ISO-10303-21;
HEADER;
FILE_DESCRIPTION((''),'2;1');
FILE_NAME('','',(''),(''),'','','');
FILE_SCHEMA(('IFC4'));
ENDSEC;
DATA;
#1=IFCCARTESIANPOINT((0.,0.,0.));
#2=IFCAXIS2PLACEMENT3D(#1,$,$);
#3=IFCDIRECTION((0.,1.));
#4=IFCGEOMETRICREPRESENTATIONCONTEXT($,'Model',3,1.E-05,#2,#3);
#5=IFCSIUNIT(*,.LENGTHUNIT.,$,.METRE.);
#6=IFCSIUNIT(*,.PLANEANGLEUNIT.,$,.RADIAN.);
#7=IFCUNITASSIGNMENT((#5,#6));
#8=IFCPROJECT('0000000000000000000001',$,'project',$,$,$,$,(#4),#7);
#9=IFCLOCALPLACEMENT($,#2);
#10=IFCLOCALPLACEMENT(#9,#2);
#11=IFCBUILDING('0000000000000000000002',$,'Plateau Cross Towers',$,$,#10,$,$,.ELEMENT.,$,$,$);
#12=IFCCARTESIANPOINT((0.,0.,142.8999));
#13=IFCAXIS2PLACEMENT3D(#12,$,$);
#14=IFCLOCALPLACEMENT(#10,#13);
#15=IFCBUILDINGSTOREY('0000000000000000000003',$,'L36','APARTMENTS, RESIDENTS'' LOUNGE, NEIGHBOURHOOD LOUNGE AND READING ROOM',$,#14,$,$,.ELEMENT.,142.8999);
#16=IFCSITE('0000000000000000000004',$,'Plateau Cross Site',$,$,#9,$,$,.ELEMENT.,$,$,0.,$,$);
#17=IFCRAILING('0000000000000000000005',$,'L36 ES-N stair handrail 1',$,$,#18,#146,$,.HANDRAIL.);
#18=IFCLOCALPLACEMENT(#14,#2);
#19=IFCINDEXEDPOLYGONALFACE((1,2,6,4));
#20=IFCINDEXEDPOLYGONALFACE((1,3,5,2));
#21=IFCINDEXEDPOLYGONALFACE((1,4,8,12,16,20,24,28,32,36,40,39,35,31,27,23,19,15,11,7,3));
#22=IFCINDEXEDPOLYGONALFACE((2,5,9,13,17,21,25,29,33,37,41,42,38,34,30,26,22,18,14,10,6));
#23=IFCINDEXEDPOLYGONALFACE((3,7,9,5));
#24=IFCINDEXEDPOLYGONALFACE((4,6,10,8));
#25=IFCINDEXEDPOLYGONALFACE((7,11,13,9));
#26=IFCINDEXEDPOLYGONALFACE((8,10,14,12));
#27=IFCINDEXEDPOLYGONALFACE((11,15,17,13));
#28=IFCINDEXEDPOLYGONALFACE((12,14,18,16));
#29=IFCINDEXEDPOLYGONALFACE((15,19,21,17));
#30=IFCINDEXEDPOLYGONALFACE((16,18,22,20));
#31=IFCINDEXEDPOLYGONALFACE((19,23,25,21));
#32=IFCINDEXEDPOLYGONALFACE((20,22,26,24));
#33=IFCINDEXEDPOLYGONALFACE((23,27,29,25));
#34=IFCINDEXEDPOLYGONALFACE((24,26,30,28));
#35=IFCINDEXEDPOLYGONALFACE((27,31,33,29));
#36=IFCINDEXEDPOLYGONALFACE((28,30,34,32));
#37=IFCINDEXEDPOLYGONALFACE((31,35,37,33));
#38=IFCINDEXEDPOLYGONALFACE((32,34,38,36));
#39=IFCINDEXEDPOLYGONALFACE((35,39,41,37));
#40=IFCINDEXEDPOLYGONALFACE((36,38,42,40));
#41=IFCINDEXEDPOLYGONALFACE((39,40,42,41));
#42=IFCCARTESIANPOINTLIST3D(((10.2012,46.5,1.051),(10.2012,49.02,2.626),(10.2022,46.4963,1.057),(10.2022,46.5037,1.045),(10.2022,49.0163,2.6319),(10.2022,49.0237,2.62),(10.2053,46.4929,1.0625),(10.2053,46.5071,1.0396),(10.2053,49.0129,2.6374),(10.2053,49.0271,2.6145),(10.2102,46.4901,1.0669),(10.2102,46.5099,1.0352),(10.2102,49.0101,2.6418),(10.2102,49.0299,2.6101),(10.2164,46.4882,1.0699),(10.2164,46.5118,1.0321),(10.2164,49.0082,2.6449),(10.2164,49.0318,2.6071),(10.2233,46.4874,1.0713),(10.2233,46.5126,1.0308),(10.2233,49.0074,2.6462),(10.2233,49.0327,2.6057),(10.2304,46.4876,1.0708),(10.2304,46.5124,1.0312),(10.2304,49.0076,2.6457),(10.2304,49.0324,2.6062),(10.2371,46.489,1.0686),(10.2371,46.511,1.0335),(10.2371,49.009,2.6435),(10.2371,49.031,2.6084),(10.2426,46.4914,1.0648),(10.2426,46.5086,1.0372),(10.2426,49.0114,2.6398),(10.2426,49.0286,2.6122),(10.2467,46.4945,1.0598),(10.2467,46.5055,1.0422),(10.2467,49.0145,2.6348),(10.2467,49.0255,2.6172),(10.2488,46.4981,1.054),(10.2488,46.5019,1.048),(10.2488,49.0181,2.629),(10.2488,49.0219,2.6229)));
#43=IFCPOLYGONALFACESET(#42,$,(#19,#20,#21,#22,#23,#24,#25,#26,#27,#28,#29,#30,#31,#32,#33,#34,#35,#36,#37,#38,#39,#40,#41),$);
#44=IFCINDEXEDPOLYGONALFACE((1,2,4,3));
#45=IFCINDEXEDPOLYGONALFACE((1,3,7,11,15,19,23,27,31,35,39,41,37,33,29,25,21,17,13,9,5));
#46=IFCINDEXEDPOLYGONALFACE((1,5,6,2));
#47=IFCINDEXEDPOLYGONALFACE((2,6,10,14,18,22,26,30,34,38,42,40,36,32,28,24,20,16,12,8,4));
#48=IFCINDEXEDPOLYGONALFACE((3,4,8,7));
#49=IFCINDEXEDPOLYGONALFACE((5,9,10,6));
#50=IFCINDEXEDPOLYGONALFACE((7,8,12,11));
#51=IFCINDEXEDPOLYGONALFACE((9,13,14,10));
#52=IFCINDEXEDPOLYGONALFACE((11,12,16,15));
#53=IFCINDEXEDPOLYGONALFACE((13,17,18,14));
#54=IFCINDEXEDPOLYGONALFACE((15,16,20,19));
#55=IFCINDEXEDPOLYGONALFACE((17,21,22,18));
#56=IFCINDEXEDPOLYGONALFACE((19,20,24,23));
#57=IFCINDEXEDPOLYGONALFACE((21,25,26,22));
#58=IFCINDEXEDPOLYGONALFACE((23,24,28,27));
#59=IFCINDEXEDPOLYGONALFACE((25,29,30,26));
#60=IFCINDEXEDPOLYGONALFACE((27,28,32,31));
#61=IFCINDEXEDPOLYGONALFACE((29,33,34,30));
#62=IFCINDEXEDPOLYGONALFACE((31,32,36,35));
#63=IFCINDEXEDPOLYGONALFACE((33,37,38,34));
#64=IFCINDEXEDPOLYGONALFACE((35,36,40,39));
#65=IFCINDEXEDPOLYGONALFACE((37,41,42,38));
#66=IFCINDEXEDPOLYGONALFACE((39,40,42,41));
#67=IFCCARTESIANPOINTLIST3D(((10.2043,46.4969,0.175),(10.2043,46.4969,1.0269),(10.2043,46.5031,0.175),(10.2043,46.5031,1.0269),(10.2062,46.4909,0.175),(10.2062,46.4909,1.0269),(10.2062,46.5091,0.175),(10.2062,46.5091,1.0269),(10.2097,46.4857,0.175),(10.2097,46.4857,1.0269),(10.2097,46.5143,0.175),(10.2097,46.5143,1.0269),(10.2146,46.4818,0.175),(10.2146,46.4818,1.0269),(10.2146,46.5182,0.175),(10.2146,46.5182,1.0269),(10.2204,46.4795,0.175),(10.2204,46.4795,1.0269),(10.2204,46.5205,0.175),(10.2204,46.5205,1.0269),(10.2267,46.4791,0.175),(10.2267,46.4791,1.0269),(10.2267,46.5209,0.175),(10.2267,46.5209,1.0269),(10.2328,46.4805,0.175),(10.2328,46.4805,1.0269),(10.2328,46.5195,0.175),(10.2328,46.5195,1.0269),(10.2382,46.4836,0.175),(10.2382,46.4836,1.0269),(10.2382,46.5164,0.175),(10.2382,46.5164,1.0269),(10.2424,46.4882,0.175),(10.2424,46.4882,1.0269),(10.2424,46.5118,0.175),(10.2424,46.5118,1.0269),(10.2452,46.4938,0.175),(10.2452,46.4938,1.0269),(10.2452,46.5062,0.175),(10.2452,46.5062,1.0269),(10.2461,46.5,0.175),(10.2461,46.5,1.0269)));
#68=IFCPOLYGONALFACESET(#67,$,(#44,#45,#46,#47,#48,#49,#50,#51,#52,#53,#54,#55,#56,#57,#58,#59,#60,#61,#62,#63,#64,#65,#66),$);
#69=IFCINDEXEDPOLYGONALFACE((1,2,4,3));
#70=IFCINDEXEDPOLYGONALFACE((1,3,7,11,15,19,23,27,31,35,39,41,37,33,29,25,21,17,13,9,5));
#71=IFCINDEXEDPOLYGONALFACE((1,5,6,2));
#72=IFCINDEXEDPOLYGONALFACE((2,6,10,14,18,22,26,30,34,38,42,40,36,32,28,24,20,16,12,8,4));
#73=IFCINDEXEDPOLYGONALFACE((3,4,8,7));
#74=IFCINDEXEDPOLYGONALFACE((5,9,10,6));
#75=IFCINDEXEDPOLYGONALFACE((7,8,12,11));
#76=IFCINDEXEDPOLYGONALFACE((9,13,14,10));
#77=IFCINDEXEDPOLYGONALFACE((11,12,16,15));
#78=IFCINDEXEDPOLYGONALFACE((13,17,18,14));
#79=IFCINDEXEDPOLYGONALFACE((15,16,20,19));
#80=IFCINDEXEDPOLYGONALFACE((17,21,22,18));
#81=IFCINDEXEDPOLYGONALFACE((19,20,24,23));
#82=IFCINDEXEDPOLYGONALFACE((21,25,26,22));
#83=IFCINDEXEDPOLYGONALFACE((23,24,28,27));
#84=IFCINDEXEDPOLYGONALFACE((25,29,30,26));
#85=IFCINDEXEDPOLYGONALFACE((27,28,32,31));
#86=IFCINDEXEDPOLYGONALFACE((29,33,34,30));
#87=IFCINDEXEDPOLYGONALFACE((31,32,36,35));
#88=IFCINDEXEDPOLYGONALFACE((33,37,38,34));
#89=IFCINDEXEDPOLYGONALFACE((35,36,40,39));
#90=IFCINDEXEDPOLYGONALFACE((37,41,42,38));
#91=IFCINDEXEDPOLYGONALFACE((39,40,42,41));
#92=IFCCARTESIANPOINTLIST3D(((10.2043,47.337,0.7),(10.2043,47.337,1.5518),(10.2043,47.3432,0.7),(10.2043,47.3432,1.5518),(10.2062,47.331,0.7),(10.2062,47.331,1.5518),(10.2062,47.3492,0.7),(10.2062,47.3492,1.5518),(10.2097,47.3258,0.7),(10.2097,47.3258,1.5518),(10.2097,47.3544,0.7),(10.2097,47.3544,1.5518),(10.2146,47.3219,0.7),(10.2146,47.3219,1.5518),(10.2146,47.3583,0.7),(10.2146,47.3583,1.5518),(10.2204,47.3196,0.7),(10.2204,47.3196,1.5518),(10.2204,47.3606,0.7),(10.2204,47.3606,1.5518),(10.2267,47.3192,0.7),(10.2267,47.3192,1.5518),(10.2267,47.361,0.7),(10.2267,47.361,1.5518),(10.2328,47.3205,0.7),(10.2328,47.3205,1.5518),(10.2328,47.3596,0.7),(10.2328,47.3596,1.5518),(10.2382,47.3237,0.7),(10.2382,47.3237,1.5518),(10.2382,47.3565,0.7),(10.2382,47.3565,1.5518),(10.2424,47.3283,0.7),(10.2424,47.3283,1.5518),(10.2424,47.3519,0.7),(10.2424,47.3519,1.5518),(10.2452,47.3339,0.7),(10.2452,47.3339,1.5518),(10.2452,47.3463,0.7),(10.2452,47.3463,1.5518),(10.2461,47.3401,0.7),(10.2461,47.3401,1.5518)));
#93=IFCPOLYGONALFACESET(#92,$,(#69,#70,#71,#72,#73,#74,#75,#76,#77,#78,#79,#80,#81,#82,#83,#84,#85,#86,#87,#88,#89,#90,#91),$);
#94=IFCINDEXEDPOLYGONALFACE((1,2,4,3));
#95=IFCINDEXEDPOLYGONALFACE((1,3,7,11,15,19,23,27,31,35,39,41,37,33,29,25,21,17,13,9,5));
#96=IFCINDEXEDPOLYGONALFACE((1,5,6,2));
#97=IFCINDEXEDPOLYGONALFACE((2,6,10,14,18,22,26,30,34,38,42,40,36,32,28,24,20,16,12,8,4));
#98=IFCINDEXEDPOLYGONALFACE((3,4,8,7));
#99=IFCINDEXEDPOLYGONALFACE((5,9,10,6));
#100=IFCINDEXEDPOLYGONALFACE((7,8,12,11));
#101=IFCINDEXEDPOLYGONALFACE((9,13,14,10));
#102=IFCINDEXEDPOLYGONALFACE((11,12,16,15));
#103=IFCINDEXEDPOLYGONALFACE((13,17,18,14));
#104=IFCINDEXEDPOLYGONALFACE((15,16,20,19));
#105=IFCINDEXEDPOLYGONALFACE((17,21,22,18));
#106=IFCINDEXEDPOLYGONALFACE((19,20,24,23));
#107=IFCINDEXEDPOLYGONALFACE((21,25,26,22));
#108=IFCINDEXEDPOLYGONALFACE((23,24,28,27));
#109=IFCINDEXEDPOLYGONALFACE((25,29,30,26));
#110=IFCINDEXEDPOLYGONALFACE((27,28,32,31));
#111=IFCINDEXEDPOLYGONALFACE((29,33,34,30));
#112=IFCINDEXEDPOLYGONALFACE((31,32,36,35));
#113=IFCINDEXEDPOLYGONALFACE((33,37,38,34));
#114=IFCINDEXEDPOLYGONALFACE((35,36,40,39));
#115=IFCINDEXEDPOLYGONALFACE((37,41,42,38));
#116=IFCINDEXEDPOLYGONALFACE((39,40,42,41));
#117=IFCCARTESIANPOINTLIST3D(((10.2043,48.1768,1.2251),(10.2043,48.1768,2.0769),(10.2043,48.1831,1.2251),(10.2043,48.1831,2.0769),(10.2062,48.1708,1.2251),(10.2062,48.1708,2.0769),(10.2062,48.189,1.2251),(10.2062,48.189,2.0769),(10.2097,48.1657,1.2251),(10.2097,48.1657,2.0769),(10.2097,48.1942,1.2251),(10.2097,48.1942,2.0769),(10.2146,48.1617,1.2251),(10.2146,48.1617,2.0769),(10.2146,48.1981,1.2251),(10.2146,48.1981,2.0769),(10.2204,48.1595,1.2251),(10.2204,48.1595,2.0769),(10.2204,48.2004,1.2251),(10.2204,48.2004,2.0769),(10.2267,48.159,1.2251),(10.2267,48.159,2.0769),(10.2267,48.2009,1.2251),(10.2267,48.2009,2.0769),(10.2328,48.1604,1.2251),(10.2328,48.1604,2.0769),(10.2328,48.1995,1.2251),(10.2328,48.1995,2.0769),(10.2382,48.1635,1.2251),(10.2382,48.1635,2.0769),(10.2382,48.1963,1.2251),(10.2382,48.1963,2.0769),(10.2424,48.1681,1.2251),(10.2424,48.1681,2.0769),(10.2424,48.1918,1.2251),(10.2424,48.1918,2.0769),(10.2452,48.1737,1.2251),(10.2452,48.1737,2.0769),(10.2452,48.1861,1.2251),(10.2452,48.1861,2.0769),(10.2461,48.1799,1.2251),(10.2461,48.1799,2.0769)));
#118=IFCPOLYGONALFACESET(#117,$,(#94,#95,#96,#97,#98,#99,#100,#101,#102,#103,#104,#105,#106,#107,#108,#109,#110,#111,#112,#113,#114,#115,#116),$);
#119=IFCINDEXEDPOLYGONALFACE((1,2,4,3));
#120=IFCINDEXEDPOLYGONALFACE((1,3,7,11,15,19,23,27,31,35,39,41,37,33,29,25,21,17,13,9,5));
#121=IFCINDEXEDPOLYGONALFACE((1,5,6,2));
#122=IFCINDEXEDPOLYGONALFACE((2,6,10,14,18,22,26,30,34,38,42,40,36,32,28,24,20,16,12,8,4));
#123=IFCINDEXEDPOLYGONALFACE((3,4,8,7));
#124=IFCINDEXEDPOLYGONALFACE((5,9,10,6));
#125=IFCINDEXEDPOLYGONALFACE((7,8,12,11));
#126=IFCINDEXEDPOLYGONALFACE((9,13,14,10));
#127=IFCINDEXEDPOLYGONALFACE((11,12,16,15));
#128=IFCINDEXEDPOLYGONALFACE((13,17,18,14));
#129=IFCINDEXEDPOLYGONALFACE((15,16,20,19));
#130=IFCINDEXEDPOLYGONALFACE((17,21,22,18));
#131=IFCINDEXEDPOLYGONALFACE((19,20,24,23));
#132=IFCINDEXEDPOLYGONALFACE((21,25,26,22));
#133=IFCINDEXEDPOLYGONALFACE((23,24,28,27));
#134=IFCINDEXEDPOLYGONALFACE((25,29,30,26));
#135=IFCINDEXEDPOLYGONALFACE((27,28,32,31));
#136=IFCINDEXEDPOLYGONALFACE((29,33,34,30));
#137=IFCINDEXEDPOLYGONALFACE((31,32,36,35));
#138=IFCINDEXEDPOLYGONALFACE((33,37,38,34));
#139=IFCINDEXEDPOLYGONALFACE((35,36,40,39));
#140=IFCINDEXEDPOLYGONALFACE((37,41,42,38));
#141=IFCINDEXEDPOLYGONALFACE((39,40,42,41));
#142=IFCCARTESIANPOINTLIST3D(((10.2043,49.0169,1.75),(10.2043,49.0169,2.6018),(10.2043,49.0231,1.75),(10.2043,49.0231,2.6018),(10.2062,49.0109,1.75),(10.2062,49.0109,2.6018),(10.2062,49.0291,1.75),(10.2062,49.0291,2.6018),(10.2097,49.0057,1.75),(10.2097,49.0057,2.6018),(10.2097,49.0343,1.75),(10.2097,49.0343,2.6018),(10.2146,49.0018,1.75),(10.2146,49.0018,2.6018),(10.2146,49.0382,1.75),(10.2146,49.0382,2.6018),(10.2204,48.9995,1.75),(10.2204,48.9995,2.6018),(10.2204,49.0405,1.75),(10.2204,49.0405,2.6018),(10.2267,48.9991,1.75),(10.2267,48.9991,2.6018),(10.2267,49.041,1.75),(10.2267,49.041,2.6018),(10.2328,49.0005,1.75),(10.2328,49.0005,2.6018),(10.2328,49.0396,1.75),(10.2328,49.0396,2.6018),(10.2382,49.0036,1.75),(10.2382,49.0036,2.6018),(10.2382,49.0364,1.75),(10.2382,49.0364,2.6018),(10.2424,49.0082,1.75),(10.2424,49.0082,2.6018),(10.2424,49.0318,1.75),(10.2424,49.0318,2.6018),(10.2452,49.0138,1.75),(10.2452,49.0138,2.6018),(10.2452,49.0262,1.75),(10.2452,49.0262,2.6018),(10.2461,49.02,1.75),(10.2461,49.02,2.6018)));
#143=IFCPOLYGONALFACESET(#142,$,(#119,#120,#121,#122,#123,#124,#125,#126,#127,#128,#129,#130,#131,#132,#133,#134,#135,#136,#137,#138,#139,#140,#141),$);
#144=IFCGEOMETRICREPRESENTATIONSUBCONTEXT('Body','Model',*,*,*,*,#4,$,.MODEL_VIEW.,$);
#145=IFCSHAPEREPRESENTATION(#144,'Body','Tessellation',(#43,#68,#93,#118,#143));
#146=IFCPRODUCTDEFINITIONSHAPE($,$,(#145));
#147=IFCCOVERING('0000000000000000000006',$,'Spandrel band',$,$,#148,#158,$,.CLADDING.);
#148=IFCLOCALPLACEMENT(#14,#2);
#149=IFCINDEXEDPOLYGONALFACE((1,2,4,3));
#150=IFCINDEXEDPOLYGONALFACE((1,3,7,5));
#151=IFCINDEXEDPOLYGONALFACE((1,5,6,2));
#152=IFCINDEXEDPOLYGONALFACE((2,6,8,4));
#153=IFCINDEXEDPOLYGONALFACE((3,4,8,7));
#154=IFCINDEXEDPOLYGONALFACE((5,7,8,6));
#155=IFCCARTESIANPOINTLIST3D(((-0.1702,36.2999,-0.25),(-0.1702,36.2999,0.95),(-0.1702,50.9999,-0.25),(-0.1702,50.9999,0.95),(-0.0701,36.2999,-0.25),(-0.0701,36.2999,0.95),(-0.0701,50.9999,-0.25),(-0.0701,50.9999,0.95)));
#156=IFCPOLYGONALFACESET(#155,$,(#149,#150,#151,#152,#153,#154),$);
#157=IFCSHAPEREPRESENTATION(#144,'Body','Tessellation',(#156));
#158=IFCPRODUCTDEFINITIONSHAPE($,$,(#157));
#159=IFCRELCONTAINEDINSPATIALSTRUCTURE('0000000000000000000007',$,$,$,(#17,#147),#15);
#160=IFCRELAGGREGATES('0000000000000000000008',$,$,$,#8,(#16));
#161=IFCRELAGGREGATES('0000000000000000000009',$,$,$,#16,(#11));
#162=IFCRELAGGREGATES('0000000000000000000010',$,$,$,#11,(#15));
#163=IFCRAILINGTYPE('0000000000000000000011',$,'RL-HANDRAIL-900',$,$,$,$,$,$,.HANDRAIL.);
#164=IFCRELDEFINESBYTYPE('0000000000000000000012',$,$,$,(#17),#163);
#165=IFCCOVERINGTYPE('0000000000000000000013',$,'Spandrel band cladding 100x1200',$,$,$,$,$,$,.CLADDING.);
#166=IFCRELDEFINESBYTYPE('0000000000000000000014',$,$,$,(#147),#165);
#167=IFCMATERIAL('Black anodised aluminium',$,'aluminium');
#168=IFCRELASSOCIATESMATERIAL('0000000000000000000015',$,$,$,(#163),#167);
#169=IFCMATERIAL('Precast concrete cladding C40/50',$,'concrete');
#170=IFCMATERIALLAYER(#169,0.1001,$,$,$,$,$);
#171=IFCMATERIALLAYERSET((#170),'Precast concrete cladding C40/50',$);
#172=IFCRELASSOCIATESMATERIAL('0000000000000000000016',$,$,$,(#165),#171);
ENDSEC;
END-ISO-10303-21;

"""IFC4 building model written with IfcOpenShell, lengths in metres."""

from ifc_helpers import new_model, si_unit, direction, frame, origin, origin_2d, place, context, subcontext, project, spatial, rectangle, circle, extrude, material, layer, layer_set, type_object, element, save


model = new_model("IFC4")

# Units and contexts
model_context = context("Model", 3, precision=1e-05, world=origin(), true_north=direction((0.0, 1.0)))
body_context = subcontext(model_context, "Body", "Model", "MODEL_VIEW")
ifc_project = project(units=[si_unit("LENGTHUNIT", "METRE"), si_unit("PLANEANGLEUNIT", "RADIAN")], contexts=[model_context])

# Site, building, storey
site_placement = place(None, origin())
site = spatial("IfcSite", under=ifc_project, at=site_placement, Name="Plateau Cross Site", CompositionType="ELEMENT", RefElevation=0.0)
building_placement = place(site_placement, origin())
building = spatial("IfcBuilding", under=site, at=building_placement, Name="Plateau Cross Towers", CompositionType="ELEMENT")
storey_placement = place(building_placement, frame((0.0, 0.0, 142.8999)))
storey = spatial("IfcBuildingStorey", under=building, at=storey_placement, Name="L36", Description="APARTMENTS, RESIDENTS' LOUNGE, NEIGHBOURHOOD LOUNGE AND READING ROOM", CompositionType="ELEMENT", Elevation=142.8999)

# Shared definitions
ifc_material_1 = material(Name="Black anodised aluminium", Category="aluminium")

# Railing
railing_type_1 = type_object("IfcRailingType", Name="RL-HANDRAIL-900", PredefinedType="HANDRAIL", material=ifc_material_1)
railing_1_placement = place(storey_placement, frame((10.2251, 46.5, 0.175)))
element("IfcRailing", 1, at=railing_1_placement, inside=storey, type_object=railing_type_1, Name="L36 ES-N stair handrail 1", PredefinedType="HANDRAIL", context=body_context, shape_type="SweptSolid", body=[
    extrude(circle(Radius=0.0239, at=origin_2d()), frame((0.0, 0.0, 0.876), z_axis=(0.0, 0.848008, 0.529984), x_axis=(-1.0, 0.0, 0.0)), (0.0, 0.0, 1.0), 2.9717),
    extrude(circle(Radius=0.021, at=origin_2d()), origin(), (0.0, 0.0, 1.0), 0.8518),
    extrude(circle(Radius=0.021, at=origin_2d()), frame((0.0, 0.8401, 0.5249)), (0.0, 0.0, 1.0), 0.8518),
    extrude(circle(Radius=0.021, at=origin_2d()), frame((0.0, 1.6799, 1.05)), (0.0, 0.0, 1.0), 0.8518),
    extrude(circle(Radius=0.021, at=origin_2d()), frame((0.0, 2.52, 1.575)), (0.0, 0.0, 1.0), 0.8518),
])

# Covering
ifc_material_2 = material(Name="Precast concrete cladding C40/50", Category="concrete")
ifc_layer_1 = layer(ifc_material_2, 0.1001)
ifc_layer_set_1 = layer_set([ifc_layer_1], Name="Precast concrete cladding C40/50")
covering_type = type_object("IfcCoveringType", Name="Spandrel band cladding 100x1200", PredefinedType="CLADDING", material=ifc_layer_set_1)
covering_placement = place(storey_placement, frame((-0.1201, 43.6499, -0.25), z_axis=(0.0, 0.0, 1.0), x_axis=(0.0, -1.0, 0.0)))
element("IfcCovering", 2, at=covering_placement, inside=storey, type_object=covering_type, Name="Spandrel band", PredefinedType="CLADDING", context=body_context, shape_type="SweptSolid", body=[
    extrude(rectangle(XDim=14.7, YDim=0.1001, at=origin_2d()), origin(), (0.0, 0.0, 1.0), 1.2),
])

save(model, "model.ifc")
